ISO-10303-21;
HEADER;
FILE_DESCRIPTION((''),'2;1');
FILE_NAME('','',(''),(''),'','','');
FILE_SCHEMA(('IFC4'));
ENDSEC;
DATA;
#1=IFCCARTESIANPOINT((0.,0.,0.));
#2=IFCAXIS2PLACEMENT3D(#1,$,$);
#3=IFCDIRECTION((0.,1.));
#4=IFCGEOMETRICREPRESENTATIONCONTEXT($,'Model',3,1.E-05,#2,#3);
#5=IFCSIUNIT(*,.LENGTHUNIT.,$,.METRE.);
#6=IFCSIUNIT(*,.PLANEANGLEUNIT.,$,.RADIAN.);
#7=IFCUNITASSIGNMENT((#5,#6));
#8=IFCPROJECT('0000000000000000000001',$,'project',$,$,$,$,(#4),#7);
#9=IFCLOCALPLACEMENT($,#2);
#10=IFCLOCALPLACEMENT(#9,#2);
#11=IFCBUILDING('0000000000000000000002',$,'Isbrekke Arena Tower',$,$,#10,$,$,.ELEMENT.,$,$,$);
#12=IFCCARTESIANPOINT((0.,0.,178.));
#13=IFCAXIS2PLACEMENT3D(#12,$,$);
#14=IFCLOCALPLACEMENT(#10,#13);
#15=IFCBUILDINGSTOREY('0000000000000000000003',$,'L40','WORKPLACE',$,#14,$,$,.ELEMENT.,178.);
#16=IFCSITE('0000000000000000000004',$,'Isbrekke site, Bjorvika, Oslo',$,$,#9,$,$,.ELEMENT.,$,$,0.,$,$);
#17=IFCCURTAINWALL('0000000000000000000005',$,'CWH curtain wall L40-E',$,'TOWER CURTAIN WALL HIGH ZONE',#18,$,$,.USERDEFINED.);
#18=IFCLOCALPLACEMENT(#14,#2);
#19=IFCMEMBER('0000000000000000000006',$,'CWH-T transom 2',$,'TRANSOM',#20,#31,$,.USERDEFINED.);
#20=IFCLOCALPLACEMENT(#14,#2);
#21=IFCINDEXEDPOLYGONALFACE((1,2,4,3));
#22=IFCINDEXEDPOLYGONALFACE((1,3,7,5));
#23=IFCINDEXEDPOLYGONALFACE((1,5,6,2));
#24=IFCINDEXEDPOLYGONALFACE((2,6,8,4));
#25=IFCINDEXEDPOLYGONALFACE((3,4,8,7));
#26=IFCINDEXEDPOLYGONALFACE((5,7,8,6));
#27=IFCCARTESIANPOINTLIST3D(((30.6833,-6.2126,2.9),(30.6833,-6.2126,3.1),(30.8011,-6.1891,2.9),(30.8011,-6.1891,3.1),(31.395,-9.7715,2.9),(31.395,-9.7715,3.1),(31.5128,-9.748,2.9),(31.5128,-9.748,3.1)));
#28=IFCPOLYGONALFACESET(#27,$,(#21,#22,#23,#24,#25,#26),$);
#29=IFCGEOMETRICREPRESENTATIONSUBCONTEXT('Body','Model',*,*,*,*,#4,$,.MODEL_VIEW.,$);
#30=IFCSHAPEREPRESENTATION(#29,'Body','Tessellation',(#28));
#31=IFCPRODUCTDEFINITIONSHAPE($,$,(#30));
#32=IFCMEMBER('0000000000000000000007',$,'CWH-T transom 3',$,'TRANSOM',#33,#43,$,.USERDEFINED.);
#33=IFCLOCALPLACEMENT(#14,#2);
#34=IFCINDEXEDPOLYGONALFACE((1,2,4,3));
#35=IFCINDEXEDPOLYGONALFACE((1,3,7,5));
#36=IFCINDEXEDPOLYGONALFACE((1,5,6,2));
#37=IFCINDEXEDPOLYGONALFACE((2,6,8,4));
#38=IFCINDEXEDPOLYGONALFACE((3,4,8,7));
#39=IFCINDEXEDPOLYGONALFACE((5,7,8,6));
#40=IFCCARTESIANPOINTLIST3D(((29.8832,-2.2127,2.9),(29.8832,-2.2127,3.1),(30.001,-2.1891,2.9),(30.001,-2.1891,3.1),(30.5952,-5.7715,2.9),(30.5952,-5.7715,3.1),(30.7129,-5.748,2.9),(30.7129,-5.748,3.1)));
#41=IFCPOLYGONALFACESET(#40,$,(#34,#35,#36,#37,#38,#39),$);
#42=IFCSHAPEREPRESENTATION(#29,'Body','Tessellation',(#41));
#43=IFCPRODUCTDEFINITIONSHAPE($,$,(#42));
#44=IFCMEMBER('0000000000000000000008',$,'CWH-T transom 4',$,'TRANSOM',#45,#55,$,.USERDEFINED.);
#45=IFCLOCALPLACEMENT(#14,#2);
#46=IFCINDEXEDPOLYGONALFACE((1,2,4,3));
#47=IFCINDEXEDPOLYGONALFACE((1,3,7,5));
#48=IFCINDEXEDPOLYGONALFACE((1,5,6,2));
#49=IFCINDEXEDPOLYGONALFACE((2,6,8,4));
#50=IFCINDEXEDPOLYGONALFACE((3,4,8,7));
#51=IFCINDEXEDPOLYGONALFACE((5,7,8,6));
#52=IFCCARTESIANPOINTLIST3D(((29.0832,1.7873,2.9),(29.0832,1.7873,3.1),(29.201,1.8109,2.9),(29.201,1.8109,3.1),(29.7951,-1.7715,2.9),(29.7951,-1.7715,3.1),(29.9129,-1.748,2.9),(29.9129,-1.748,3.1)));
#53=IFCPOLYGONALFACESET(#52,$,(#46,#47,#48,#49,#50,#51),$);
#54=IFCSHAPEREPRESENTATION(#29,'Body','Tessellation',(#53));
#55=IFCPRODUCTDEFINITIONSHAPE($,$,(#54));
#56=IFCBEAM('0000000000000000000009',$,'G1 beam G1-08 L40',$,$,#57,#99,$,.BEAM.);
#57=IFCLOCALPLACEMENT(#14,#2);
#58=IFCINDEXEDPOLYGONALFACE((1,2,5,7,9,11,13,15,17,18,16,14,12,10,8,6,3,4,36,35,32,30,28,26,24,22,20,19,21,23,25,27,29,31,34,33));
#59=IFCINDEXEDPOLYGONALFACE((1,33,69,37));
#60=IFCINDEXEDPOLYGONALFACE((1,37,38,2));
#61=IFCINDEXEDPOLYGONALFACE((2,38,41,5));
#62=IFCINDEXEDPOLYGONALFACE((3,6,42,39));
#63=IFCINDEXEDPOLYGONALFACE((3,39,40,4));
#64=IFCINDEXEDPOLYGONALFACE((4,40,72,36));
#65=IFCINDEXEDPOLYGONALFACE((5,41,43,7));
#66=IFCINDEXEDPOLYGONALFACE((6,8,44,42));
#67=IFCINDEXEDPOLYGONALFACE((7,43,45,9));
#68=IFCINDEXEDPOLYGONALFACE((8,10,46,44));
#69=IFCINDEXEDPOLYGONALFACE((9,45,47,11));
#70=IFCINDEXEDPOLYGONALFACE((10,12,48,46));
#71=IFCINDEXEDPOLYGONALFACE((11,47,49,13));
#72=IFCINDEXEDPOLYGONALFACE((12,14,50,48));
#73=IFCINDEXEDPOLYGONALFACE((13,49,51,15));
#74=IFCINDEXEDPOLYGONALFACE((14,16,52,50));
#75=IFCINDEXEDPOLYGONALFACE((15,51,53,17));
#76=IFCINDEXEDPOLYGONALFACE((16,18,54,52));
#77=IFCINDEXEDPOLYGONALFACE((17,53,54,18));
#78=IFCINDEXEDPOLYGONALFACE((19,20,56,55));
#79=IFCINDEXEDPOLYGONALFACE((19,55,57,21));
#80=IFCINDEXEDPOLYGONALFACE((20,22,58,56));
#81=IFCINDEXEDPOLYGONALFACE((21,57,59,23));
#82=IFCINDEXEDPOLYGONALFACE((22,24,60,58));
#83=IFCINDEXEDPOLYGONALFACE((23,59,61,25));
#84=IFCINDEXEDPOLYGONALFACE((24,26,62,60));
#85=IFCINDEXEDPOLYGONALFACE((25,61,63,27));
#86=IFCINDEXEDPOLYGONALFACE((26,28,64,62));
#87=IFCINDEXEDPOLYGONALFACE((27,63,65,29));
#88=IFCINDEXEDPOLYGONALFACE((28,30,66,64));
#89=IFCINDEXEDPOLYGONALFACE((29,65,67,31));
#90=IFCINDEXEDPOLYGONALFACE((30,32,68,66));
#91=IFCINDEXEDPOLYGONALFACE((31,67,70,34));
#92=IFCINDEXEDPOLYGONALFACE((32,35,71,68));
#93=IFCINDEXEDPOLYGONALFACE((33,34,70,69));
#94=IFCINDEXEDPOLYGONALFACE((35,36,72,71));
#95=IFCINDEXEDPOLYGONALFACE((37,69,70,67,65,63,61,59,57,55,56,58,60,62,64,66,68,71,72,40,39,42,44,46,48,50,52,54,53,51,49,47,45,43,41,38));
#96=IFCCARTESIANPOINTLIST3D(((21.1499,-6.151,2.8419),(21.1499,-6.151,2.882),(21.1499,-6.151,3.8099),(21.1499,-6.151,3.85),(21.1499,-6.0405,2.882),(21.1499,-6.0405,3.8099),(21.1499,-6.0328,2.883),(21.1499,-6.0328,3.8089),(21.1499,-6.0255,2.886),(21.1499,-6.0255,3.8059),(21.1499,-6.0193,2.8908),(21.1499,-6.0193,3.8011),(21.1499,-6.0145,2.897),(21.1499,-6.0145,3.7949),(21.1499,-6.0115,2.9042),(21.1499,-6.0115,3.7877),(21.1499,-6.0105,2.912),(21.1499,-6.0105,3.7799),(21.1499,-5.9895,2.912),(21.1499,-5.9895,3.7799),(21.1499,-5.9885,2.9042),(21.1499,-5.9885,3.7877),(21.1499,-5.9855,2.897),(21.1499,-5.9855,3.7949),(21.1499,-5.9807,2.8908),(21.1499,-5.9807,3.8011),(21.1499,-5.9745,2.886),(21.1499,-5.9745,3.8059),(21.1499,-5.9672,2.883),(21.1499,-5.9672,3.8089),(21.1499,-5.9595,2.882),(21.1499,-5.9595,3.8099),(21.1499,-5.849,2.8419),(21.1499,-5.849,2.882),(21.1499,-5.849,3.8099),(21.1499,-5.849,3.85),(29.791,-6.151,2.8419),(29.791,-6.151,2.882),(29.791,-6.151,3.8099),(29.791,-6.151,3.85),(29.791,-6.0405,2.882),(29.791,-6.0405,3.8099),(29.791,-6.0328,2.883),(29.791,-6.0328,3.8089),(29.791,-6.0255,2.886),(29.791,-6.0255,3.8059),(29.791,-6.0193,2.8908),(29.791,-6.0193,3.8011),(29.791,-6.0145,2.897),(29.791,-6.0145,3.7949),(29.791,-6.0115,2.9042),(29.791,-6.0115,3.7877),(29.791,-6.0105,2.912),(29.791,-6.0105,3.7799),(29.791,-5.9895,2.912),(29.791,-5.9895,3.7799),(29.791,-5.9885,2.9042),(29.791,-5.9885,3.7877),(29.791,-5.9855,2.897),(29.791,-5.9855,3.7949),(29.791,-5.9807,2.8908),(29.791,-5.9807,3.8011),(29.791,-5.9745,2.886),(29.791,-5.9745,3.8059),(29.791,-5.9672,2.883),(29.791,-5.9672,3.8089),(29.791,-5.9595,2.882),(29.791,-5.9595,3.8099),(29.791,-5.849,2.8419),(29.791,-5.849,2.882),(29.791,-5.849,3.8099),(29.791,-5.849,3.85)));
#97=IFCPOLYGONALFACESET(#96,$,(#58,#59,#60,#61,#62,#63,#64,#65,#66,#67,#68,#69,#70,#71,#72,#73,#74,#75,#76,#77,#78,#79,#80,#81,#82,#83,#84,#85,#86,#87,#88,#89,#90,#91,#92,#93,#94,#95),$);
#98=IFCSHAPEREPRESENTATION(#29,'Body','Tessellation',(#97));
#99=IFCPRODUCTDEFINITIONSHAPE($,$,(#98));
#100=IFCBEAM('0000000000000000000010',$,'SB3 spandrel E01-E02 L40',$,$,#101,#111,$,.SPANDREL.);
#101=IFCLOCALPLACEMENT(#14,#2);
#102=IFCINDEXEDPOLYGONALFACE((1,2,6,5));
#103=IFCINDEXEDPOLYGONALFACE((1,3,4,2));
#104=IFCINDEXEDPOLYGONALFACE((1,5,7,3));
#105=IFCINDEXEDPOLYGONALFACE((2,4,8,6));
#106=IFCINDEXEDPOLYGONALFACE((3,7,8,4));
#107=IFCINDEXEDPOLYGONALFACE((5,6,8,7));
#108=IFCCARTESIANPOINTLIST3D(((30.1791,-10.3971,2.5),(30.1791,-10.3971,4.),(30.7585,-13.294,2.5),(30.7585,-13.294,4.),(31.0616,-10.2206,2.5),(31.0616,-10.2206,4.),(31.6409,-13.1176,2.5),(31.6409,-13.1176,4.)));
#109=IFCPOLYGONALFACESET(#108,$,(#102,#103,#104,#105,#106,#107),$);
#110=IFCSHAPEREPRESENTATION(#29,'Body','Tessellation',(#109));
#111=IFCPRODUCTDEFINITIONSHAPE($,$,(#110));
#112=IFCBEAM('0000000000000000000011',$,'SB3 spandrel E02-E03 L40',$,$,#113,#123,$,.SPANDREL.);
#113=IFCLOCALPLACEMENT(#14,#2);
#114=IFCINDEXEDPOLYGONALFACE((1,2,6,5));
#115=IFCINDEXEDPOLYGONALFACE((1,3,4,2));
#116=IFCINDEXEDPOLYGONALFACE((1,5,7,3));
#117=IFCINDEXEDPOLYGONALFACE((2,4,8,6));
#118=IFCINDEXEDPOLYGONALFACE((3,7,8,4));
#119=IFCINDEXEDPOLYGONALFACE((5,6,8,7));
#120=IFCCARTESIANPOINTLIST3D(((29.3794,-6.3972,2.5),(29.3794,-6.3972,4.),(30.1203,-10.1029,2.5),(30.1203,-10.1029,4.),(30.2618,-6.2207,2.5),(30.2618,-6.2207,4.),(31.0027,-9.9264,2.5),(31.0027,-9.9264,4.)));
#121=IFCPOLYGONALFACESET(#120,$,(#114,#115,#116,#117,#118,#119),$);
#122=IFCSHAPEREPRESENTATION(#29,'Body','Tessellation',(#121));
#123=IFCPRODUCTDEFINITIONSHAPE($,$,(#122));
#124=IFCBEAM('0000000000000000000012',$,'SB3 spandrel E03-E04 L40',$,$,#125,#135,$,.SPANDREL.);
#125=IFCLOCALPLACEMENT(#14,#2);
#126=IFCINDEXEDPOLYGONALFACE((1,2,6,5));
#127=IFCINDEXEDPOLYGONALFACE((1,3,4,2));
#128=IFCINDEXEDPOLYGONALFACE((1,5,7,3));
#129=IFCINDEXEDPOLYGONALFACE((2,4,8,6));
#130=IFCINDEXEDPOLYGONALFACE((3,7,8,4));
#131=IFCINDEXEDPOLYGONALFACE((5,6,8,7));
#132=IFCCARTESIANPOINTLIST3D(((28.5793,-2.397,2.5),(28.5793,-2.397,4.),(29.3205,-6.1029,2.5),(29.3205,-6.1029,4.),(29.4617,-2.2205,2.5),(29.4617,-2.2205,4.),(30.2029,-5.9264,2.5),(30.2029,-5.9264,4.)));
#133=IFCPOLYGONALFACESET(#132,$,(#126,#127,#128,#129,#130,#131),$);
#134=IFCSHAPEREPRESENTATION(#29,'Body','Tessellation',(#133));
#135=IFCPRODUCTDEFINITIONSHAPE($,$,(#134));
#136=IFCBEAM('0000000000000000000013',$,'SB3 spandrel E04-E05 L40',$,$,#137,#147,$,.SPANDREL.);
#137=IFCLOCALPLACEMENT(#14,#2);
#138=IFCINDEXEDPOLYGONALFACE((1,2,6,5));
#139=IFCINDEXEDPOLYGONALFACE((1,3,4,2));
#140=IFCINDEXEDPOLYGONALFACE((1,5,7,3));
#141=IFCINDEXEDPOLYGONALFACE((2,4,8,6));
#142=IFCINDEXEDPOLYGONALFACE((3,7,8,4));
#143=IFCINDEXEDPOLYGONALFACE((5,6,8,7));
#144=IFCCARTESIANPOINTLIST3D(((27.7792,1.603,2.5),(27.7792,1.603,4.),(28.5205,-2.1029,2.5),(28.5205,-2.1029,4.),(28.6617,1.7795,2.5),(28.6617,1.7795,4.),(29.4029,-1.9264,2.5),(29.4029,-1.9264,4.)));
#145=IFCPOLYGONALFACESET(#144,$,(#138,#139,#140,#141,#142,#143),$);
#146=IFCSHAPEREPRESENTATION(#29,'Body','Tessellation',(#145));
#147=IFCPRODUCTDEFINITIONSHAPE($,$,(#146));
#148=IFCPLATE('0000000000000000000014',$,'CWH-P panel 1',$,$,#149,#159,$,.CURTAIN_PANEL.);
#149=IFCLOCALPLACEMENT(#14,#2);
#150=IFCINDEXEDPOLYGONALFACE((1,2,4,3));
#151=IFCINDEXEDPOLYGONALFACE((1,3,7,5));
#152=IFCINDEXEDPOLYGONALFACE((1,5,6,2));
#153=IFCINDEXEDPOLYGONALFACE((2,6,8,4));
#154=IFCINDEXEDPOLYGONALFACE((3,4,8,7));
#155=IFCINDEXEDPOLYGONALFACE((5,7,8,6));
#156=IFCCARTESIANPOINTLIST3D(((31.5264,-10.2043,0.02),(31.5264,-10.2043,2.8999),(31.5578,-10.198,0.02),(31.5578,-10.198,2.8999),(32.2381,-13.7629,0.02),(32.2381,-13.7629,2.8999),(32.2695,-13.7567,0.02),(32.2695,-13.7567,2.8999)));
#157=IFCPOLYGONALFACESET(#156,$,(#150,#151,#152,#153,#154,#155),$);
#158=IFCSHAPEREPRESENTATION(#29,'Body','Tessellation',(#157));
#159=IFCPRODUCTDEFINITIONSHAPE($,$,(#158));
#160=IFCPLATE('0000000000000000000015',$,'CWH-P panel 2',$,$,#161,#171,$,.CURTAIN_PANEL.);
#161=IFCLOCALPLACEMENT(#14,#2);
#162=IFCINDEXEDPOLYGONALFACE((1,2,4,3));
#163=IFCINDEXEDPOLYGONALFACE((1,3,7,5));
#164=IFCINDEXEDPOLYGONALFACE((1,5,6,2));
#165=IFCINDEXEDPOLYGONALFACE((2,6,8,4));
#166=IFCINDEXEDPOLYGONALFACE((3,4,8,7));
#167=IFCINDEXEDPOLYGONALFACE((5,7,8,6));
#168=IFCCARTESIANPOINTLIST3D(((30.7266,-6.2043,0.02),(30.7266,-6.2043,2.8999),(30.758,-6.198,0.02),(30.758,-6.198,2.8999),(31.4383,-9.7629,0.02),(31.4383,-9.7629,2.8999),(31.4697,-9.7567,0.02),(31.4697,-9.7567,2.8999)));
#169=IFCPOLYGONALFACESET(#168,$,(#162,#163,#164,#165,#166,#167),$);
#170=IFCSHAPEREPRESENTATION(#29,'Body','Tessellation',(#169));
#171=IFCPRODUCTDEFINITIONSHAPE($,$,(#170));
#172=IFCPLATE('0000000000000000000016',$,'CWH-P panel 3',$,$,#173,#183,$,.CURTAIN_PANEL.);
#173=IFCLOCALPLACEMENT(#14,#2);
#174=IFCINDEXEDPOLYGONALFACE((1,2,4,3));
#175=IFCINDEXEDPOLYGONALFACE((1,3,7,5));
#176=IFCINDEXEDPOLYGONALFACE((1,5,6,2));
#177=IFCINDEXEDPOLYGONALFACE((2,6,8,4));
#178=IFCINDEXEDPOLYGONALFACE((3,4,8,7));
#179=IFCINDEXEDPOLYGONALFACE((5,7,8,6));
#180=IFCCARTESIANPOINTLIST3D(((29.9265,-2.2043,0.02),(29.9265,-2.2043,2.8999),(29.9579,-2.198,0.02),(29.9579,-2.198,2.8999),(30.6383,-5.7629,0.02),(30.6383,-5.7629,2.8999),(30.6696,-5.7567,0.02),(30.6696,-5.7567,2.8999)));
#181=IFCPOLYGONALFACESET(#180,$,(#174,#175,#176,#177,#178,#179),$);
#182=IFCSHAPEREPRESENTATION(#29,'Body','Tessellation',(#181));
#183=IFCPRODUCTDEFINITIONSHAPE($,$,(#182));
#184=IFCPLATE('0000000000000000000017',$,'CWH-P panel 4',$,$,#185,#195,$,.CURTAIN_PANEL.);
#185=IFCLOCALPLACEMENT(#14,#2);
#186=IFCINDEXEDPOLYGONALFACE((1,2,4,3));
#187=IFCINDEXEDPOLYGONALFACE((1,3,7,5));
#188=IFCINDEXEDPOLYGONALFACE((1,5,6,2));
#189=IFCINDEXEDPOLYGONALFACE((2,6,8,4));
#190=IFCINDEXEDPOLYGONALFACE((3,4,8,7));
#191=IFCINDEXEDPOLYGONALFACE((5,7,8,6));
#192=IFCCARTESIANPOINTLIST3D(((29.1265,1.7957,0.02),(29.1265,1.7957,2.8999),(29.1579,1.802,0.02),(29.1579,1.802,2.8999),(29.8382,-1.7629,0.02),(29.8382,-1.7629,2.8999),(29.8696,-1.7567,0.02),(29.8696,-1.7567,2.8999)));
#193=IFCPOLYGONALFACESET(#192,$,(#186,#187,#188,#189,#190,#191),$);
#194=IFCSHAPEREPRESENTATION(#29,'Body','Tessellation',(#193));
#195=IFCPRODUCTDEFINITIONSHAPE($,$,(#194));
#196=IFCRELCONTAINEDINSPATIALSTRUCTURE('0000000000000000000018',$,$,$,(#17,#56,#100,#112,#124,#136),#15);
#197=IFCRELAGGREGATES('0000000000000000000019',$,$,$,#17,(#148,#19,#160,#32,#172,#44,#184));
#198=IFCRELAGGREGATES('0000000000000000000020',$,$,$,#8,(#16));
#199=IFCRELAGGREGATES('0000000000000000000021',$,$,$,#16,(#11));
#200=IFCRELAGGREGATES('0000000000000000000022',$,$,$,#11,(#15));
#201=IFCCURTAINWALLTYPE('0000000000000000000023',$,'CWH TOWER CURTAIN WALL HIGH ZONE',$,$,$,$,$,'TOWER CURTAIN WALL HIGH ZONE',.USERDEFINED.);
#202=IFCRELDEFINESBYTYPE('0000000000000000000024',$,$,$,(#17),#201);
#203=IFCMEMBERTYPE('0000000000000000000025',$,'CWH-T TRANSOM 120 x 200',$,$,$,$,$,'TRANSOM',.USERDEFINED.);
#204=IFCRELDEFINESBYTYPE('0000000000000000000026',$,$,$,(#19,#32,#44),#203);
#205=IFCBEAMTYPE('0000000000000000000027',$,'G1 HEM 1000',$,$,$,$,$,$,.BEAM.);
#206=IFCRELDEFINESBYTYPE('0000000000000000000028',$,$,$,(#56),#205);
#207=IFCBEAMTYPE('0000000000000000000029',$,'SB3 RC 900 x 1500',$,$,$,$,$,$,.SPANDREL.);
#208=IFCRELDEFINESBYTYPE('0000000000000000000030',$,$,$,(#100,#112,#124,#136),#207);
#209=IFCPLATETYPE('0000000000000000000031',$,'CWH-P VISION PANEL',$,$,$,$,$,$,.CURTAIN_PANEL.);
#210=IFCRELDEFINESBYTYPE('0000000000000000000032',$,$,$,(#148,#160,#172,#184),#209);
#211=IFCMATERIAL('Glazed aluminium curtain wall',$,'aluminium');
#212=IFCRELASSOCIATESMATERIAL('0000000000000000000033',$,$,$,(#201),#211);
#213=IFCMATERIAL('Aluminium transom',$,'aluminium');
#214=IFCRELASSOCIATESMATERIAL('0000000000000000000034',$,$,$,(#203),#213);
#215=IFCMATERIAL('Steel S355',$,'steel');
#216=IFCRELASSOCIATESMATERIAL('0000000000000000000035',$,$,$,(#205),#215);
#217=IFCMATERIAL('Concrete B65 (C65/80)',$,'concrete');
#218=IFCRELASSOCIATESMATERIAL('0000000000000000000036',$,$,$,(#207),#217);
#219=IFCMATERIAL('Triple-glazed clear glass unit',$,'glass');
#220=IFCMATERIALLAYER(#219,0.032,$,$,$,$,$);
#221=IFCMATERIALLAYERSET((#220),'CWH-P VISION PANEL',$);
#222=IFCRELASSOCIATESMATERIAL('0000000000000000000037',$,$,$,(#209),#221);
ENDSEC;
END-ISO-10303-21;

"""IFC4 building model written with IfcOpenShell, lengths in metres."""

from ifc_helpers import new_model, si_unit, direction, frame, origin, origin_2d, place, context, subcontext, project, spatial, rectangle, i_section, extrude, material, layer, layer_set, material_profile, profile_set, type_object, element, aggregate, save


model = new_model("IFC4")

# Units and contexts
model_context = context("Model", 3, precision=1e-05, world=origin(), true_north=direction((0.0, 1.0)))
body_context = subcontext(model_context, "Body", "Model", "MODEL_VIEW")
ifc_project = project(units=[si_unit("LENGTHUNIT", "METRE"), si_unit("PLANEANGLEUNIT", "RADIAN")], contexts=[model_context])

# Site, building, storey
site_placement = place(None, origin())
site = spatial("IfcSite", under=ifc_project, at=site_placement, Name="Isbrekke site, Bjorvika, Oslo", CompositionType="ELEMENT", RefElevation=0.0)
building_placement = place(site_placement, origin())
building = spatial("IfcBuilding", under=site, at=building_placement, Name="Isbrekke Arena Tower", CompositionType="ELEMENT")
storey_placement = place(building_placement, frame((0.0, 0.0, 178.0)))
storey = spatial("IfcBuildingStorey", under=building, at=storey_placement, Name="L40", Description="WORKPLACE", CompositionType="ELEMENT", Elevation=178.0)

# Curtain wall, members
ifc_material_1 = material(Name="Glazed aluminium curtain wall", Category="aluminium")
curtain_wall_type = type_object("IfcCurtainWallType", Name="CWH TOWER CURTAIN WALL HIGH ZONE", ElementType="TOWER CURTAIN WALL HIGH ZONE", PredefinedType="USERDEFINED", material=ifc_material_1)
curtain_wall_placement = place(storey_placement, origin())
curtain_wall = element("IfcCurtainWall", 1, at=curtain_wall_placement, inside=storey, type_object=curtain_wall_type, Name="CWH curtain wall L40-E", ObjectType="TOWER CURTAIN WALL HIGH ZONE", PredefinedType="USERDEFINED")
ifc_material_2 = material(Name="Aluminium transom", Category="aluminium")
ifc_material_profile_1 = material_profile(ifc_material_2, rectangle(XDim=0.1201, YDim=0.2, at=origin_2d()), Name="TRANSOM 120X200")
ifc_profile_set_1 = profile_set([ifc_material_profile_1], Name="Aluminium transom")
member_type_1 = type_object("IfcMemberType", Name="CWH-T TRANSOM 120 x 200", ElementType="TRANSOM", PredefinedType="USERDEFINED", material=ifc_profile_set_1)
member_1_placement = place(storey_placement, frame((31.4539, -9.7598, 3.0), z_axis=(-0.19609, 0.980586, 0.0), x_axis=(-0.980586, -0.19609, 0.0)))
member_1 = element("IfcMember", 2, at=member_1_placement, type_object=member_type_1, Name="CWH-T transom 2", ObjectType="TRANSOM", PredefinedType="USERDEFINED", context=body_context, shape_type="SweptSolid", body=[
    extrude(rectangle(XDim=0.1201, YDim=0.2, at=origin_2d()), origin(), (0.0, 0.0, 1.0), 3.6294),
])
member_2_placement = place(storey_placement, frame((30.6541, -5.7598, 3.0), z_axis=(-0.196155, 0.980573, 0.0), x_axis=(-0.980573, -0.196155, 0.0)))
member_2 = element("IfcMember", 3, at=member_2_placement, type_object=member_type_1, Name="CWH-T transom 3", ObjectType="TRANSOM", PredefinedType="USERDEFINED", context=body_context, shape_type="SweptSolid", body=[
    extrude(rectangle(XDim=0.1201, YDim=0.2, at=origin_2d()), origin(), (0.0, 0.0, 1.0), 3.6294),
])
member_3_placement = place(storey_placement, frame((29.854, -1.7598, 3.0), z_axis=(-0.196155, 0.980573, 0.0), x_axis=(-0.980573, -0.196155, 0.0)))
member_3 = element("IfcMember", 4, at=member_3_placement, type_object=member_type_1, Name="CWH-T transom 4", ObjectType="TRANSOM", PredefinedType="USERDEFINED", context=body_context, shape_type="SweptSolid", body=[
    extrude(rectangle(XDim=0.1201, YDim=0.2, at=origin_2d()), origin(), (0.0, 0.0, 1.0), 3.6294),
])

# Beams
ifc_material_3 = material(Name="Steel S355", Category="steel")
ifc_material_profile_2 = material_profile(ifc_material_3, i_section(OverallWidth=0.302, OverallDepth=1.0081, WebThickness=0.021, FlangeThickness=0.04, FilletRadius=0.03, at=origin_2d()), Name="HEM 1000")
ifc_profile_set_2 = profile_set([ifc_material_profile_2], Name="Steel S355")
beam_type_1 = type_object("IfcBeamType", Name="G1 HEM 1000", PredefinedType="BEAM", material=ifc_profile_set_2)
beam_1_placement = place(storey_placement, frame((21.1499, -6.0, 3.3459), z_axis=(1.0, 0.0, 0.0), x_axis=(0.0, 1.0, 0.0)))
element("IfcBeam", 5, at=beam_1_placement, inside=storey, type_object=beam_type_1, Name="G1 beam G1-08 L40", PredefinedType="BEAM", context=body_context, shape_type="SweptSolid", body=[
    extrude(i_section(OverallWidth=0.302, OverallDepth=1.0081, WebThickness=0.021, FlangeThickness=0.04, FilletRadius=0.03, at=origin_2d()), origin(), (0.0, 0.0, 1.0), 8.6411),
])
ifc_material_4 = material(Name="Concrete B65 (C65/80)", Category="concrete")
ifc_material_profile_3 = material_profile(ifc_material_4, rectangle(XDim=0.8999, YDim=1.5, at=origin_2d()), Name="RC 900x1500")
ifc_profile_set_3 = profile_set([ifc_material_profile_3], Name="Concrete B65 (C65/80)")
beam_type_2 = type_object("IfcBeamType", Name="SB3 RC 900 x 1500", PredefinedType="SPANDREL", material=ifc_profile_set_3)
beam_2_placement = place(storey_placement, frame((31.1997, -13.2058, 3.25), z_axis=(-0.1961, 0.980584, 0.0), x_axis=(-0.980584, -0.1961, 0.0)))
element("IfcBeam", 6, at=beam_2_placement, inside=storey, type_object=beam_type_2, Name="SB3 spandrel E01-E02 L40", PredefinedType="SPANDREL", context=body_context, shape_type="SweptSolid", body=[
    extrude(rectangle(XDim=0.8999, YDim=1.5, at=origin_2d()), origin(), (0.0, 0.0, 1.0), 2.9543),
])
beam_3_placement = place(storey_placement, frame((30.5615, -10.0146, 3.25), z_axis=(-0.196066, 0.980591, 0.0), x_axis=(-0.980591, -0.196066, 0.0)))
element("IfcBeam", 7, at=beam_3_placement, inside=storey, type_object=beam_type_2, Name="SB3 spandrel E02-E03 L40", PredefinedType="SPANDREL", context=body_context, shape_type="SweptSolid", body=[
    extrude(rectangle(XDim=0.8999, YDim=1.5, at=origin_2d()), origin(), (0.0, 0.0, 1.0), 3.7791),
])
for number, where, z_axis, x_axis, name in (
    (8, (29.7617, -6.0146, 3.25), (-0.196129, 0.980578, 0.0), (-0.980578, -0.196129, 0.0), "SB3 spandrel E03-E04 L40"),
    (9, (28.9617, -2.0146, 3.25), (-0.196129, 0.980578, 0.0), (-0.980578, -0.196129, 0.0), "SB3 spandrel E04-E05 L40"),
):
    element("IfcBeam", number, at=place(storey_placement, frame(where, z_axis=z_axis, x_axis=x_axis)), inside=storey, type_object=beam_type_2, Name=name, PredefinedType="SPANDREL", context=body_context, shape_type="SweptSolid", body=[
        extrude(rectangle(XDim=0.8999, YDim=1.5, at=origin_2d()), origin(), (0.0, 0.0, 1.0), 3.7793),
    ])

# Plates
ifc_material_5 = material(Name="Triple-glazed clear glass unit", Category="glass")
ifc_layer = layer(ifc_material_5, 0.032)
ifc_layer_set = layer_set([ifc_layer], Name="CWH-P VISION PANEL")
plate_type = type_object("IfcPlateType", Name="CWH-P VISION PANEL", PredefinedType="CURTAIN_PANEL", material=ifc_layer_set)
plate_1_placement = place(storey_placement, frame((31.8979, -11.9805, 0.02), z_axis=(0.0, 0.0, 1.0), x_axis=(-0.196116, 0.980581, 0.0)))
plate_1 = element("IfcPlate", 10, at=plate_1_placement, type_object=plate_type, Name="CWH-P panel 1", PredefinedType="CURTAIN_PANEL", context=body_context, shape_type="SweptSolid", body=[
    extrude(rectangle(XDim=3.6292, YDim=0.032, at=origin_2d()), origin(), (0.0, 0.0, 1.0), 2.8799),
])
plate_2_placement = place(storey_placement, frame((31.0981, -7.9805, 0.02), z_axis=(0.0, 0.0, 1.0), x_axis=(-0.196116, 0.980581, 0.0)))
plate_2 = element("IfcPlate", 11, at=plate_2_placement, type_object=plate_type, Name="CWH-P panel 2", PredefinedType="CURTAIN_PANEL", context=body_context, shape_type="SweptSolid", body=[
    extrude(rectangle(XDim=3.6292, YDim=0.032, at=origin_2d()), origin(), (0.0, 0.0, 1.0), 2.8799),
])
plate_3_placement = place(storey_placement, frame((30.2981, -3.9805, 0.02), z_axis=(0.0, 0.0, 1.0), x_axis=(-0.196116, 0.980581, 0.0)))
plate_3 = element("IfcPlate", 12, at=plate_3_placement, type_object=plate_type, Name="CWH-P panel 3", PredefinedType="CURTAIN_PANEL", context=body_context, shape_type="SweptSolid", body=[
    extrude(rectangle(XDim=3.6292, YDim=0.032, at=origin_2d()), origin(), (0.0, 0.0, 1.0), 2.8799),
])
plate_4_placement = place(storey_placement, frame((29.498, 0.0195, 0.02), z_axis=(0.0, 0.0, 1.0), x_axis=(-0.196116, 0.980581, 0.0)))
plate_4 = element("IfcPlate", 13, at=plate_4_placement, type_object=plate_type, Name="CWH-P panel 4", PredefinedType="CURTAIN_PANEL", context=body_context, shape_type="SweptSolid", body=[
    extrude(rectangle(XDim=3.6292, YDim=0.032, at=origin_2d()), origin(), (0.0, 0.0, 1.0), 2.8799),
])
aggregate(curtain_wall, [plate_1, member_1, plate_2, member_2, plate_3, member_3, plate_4])

save(model, "model.ifc")
